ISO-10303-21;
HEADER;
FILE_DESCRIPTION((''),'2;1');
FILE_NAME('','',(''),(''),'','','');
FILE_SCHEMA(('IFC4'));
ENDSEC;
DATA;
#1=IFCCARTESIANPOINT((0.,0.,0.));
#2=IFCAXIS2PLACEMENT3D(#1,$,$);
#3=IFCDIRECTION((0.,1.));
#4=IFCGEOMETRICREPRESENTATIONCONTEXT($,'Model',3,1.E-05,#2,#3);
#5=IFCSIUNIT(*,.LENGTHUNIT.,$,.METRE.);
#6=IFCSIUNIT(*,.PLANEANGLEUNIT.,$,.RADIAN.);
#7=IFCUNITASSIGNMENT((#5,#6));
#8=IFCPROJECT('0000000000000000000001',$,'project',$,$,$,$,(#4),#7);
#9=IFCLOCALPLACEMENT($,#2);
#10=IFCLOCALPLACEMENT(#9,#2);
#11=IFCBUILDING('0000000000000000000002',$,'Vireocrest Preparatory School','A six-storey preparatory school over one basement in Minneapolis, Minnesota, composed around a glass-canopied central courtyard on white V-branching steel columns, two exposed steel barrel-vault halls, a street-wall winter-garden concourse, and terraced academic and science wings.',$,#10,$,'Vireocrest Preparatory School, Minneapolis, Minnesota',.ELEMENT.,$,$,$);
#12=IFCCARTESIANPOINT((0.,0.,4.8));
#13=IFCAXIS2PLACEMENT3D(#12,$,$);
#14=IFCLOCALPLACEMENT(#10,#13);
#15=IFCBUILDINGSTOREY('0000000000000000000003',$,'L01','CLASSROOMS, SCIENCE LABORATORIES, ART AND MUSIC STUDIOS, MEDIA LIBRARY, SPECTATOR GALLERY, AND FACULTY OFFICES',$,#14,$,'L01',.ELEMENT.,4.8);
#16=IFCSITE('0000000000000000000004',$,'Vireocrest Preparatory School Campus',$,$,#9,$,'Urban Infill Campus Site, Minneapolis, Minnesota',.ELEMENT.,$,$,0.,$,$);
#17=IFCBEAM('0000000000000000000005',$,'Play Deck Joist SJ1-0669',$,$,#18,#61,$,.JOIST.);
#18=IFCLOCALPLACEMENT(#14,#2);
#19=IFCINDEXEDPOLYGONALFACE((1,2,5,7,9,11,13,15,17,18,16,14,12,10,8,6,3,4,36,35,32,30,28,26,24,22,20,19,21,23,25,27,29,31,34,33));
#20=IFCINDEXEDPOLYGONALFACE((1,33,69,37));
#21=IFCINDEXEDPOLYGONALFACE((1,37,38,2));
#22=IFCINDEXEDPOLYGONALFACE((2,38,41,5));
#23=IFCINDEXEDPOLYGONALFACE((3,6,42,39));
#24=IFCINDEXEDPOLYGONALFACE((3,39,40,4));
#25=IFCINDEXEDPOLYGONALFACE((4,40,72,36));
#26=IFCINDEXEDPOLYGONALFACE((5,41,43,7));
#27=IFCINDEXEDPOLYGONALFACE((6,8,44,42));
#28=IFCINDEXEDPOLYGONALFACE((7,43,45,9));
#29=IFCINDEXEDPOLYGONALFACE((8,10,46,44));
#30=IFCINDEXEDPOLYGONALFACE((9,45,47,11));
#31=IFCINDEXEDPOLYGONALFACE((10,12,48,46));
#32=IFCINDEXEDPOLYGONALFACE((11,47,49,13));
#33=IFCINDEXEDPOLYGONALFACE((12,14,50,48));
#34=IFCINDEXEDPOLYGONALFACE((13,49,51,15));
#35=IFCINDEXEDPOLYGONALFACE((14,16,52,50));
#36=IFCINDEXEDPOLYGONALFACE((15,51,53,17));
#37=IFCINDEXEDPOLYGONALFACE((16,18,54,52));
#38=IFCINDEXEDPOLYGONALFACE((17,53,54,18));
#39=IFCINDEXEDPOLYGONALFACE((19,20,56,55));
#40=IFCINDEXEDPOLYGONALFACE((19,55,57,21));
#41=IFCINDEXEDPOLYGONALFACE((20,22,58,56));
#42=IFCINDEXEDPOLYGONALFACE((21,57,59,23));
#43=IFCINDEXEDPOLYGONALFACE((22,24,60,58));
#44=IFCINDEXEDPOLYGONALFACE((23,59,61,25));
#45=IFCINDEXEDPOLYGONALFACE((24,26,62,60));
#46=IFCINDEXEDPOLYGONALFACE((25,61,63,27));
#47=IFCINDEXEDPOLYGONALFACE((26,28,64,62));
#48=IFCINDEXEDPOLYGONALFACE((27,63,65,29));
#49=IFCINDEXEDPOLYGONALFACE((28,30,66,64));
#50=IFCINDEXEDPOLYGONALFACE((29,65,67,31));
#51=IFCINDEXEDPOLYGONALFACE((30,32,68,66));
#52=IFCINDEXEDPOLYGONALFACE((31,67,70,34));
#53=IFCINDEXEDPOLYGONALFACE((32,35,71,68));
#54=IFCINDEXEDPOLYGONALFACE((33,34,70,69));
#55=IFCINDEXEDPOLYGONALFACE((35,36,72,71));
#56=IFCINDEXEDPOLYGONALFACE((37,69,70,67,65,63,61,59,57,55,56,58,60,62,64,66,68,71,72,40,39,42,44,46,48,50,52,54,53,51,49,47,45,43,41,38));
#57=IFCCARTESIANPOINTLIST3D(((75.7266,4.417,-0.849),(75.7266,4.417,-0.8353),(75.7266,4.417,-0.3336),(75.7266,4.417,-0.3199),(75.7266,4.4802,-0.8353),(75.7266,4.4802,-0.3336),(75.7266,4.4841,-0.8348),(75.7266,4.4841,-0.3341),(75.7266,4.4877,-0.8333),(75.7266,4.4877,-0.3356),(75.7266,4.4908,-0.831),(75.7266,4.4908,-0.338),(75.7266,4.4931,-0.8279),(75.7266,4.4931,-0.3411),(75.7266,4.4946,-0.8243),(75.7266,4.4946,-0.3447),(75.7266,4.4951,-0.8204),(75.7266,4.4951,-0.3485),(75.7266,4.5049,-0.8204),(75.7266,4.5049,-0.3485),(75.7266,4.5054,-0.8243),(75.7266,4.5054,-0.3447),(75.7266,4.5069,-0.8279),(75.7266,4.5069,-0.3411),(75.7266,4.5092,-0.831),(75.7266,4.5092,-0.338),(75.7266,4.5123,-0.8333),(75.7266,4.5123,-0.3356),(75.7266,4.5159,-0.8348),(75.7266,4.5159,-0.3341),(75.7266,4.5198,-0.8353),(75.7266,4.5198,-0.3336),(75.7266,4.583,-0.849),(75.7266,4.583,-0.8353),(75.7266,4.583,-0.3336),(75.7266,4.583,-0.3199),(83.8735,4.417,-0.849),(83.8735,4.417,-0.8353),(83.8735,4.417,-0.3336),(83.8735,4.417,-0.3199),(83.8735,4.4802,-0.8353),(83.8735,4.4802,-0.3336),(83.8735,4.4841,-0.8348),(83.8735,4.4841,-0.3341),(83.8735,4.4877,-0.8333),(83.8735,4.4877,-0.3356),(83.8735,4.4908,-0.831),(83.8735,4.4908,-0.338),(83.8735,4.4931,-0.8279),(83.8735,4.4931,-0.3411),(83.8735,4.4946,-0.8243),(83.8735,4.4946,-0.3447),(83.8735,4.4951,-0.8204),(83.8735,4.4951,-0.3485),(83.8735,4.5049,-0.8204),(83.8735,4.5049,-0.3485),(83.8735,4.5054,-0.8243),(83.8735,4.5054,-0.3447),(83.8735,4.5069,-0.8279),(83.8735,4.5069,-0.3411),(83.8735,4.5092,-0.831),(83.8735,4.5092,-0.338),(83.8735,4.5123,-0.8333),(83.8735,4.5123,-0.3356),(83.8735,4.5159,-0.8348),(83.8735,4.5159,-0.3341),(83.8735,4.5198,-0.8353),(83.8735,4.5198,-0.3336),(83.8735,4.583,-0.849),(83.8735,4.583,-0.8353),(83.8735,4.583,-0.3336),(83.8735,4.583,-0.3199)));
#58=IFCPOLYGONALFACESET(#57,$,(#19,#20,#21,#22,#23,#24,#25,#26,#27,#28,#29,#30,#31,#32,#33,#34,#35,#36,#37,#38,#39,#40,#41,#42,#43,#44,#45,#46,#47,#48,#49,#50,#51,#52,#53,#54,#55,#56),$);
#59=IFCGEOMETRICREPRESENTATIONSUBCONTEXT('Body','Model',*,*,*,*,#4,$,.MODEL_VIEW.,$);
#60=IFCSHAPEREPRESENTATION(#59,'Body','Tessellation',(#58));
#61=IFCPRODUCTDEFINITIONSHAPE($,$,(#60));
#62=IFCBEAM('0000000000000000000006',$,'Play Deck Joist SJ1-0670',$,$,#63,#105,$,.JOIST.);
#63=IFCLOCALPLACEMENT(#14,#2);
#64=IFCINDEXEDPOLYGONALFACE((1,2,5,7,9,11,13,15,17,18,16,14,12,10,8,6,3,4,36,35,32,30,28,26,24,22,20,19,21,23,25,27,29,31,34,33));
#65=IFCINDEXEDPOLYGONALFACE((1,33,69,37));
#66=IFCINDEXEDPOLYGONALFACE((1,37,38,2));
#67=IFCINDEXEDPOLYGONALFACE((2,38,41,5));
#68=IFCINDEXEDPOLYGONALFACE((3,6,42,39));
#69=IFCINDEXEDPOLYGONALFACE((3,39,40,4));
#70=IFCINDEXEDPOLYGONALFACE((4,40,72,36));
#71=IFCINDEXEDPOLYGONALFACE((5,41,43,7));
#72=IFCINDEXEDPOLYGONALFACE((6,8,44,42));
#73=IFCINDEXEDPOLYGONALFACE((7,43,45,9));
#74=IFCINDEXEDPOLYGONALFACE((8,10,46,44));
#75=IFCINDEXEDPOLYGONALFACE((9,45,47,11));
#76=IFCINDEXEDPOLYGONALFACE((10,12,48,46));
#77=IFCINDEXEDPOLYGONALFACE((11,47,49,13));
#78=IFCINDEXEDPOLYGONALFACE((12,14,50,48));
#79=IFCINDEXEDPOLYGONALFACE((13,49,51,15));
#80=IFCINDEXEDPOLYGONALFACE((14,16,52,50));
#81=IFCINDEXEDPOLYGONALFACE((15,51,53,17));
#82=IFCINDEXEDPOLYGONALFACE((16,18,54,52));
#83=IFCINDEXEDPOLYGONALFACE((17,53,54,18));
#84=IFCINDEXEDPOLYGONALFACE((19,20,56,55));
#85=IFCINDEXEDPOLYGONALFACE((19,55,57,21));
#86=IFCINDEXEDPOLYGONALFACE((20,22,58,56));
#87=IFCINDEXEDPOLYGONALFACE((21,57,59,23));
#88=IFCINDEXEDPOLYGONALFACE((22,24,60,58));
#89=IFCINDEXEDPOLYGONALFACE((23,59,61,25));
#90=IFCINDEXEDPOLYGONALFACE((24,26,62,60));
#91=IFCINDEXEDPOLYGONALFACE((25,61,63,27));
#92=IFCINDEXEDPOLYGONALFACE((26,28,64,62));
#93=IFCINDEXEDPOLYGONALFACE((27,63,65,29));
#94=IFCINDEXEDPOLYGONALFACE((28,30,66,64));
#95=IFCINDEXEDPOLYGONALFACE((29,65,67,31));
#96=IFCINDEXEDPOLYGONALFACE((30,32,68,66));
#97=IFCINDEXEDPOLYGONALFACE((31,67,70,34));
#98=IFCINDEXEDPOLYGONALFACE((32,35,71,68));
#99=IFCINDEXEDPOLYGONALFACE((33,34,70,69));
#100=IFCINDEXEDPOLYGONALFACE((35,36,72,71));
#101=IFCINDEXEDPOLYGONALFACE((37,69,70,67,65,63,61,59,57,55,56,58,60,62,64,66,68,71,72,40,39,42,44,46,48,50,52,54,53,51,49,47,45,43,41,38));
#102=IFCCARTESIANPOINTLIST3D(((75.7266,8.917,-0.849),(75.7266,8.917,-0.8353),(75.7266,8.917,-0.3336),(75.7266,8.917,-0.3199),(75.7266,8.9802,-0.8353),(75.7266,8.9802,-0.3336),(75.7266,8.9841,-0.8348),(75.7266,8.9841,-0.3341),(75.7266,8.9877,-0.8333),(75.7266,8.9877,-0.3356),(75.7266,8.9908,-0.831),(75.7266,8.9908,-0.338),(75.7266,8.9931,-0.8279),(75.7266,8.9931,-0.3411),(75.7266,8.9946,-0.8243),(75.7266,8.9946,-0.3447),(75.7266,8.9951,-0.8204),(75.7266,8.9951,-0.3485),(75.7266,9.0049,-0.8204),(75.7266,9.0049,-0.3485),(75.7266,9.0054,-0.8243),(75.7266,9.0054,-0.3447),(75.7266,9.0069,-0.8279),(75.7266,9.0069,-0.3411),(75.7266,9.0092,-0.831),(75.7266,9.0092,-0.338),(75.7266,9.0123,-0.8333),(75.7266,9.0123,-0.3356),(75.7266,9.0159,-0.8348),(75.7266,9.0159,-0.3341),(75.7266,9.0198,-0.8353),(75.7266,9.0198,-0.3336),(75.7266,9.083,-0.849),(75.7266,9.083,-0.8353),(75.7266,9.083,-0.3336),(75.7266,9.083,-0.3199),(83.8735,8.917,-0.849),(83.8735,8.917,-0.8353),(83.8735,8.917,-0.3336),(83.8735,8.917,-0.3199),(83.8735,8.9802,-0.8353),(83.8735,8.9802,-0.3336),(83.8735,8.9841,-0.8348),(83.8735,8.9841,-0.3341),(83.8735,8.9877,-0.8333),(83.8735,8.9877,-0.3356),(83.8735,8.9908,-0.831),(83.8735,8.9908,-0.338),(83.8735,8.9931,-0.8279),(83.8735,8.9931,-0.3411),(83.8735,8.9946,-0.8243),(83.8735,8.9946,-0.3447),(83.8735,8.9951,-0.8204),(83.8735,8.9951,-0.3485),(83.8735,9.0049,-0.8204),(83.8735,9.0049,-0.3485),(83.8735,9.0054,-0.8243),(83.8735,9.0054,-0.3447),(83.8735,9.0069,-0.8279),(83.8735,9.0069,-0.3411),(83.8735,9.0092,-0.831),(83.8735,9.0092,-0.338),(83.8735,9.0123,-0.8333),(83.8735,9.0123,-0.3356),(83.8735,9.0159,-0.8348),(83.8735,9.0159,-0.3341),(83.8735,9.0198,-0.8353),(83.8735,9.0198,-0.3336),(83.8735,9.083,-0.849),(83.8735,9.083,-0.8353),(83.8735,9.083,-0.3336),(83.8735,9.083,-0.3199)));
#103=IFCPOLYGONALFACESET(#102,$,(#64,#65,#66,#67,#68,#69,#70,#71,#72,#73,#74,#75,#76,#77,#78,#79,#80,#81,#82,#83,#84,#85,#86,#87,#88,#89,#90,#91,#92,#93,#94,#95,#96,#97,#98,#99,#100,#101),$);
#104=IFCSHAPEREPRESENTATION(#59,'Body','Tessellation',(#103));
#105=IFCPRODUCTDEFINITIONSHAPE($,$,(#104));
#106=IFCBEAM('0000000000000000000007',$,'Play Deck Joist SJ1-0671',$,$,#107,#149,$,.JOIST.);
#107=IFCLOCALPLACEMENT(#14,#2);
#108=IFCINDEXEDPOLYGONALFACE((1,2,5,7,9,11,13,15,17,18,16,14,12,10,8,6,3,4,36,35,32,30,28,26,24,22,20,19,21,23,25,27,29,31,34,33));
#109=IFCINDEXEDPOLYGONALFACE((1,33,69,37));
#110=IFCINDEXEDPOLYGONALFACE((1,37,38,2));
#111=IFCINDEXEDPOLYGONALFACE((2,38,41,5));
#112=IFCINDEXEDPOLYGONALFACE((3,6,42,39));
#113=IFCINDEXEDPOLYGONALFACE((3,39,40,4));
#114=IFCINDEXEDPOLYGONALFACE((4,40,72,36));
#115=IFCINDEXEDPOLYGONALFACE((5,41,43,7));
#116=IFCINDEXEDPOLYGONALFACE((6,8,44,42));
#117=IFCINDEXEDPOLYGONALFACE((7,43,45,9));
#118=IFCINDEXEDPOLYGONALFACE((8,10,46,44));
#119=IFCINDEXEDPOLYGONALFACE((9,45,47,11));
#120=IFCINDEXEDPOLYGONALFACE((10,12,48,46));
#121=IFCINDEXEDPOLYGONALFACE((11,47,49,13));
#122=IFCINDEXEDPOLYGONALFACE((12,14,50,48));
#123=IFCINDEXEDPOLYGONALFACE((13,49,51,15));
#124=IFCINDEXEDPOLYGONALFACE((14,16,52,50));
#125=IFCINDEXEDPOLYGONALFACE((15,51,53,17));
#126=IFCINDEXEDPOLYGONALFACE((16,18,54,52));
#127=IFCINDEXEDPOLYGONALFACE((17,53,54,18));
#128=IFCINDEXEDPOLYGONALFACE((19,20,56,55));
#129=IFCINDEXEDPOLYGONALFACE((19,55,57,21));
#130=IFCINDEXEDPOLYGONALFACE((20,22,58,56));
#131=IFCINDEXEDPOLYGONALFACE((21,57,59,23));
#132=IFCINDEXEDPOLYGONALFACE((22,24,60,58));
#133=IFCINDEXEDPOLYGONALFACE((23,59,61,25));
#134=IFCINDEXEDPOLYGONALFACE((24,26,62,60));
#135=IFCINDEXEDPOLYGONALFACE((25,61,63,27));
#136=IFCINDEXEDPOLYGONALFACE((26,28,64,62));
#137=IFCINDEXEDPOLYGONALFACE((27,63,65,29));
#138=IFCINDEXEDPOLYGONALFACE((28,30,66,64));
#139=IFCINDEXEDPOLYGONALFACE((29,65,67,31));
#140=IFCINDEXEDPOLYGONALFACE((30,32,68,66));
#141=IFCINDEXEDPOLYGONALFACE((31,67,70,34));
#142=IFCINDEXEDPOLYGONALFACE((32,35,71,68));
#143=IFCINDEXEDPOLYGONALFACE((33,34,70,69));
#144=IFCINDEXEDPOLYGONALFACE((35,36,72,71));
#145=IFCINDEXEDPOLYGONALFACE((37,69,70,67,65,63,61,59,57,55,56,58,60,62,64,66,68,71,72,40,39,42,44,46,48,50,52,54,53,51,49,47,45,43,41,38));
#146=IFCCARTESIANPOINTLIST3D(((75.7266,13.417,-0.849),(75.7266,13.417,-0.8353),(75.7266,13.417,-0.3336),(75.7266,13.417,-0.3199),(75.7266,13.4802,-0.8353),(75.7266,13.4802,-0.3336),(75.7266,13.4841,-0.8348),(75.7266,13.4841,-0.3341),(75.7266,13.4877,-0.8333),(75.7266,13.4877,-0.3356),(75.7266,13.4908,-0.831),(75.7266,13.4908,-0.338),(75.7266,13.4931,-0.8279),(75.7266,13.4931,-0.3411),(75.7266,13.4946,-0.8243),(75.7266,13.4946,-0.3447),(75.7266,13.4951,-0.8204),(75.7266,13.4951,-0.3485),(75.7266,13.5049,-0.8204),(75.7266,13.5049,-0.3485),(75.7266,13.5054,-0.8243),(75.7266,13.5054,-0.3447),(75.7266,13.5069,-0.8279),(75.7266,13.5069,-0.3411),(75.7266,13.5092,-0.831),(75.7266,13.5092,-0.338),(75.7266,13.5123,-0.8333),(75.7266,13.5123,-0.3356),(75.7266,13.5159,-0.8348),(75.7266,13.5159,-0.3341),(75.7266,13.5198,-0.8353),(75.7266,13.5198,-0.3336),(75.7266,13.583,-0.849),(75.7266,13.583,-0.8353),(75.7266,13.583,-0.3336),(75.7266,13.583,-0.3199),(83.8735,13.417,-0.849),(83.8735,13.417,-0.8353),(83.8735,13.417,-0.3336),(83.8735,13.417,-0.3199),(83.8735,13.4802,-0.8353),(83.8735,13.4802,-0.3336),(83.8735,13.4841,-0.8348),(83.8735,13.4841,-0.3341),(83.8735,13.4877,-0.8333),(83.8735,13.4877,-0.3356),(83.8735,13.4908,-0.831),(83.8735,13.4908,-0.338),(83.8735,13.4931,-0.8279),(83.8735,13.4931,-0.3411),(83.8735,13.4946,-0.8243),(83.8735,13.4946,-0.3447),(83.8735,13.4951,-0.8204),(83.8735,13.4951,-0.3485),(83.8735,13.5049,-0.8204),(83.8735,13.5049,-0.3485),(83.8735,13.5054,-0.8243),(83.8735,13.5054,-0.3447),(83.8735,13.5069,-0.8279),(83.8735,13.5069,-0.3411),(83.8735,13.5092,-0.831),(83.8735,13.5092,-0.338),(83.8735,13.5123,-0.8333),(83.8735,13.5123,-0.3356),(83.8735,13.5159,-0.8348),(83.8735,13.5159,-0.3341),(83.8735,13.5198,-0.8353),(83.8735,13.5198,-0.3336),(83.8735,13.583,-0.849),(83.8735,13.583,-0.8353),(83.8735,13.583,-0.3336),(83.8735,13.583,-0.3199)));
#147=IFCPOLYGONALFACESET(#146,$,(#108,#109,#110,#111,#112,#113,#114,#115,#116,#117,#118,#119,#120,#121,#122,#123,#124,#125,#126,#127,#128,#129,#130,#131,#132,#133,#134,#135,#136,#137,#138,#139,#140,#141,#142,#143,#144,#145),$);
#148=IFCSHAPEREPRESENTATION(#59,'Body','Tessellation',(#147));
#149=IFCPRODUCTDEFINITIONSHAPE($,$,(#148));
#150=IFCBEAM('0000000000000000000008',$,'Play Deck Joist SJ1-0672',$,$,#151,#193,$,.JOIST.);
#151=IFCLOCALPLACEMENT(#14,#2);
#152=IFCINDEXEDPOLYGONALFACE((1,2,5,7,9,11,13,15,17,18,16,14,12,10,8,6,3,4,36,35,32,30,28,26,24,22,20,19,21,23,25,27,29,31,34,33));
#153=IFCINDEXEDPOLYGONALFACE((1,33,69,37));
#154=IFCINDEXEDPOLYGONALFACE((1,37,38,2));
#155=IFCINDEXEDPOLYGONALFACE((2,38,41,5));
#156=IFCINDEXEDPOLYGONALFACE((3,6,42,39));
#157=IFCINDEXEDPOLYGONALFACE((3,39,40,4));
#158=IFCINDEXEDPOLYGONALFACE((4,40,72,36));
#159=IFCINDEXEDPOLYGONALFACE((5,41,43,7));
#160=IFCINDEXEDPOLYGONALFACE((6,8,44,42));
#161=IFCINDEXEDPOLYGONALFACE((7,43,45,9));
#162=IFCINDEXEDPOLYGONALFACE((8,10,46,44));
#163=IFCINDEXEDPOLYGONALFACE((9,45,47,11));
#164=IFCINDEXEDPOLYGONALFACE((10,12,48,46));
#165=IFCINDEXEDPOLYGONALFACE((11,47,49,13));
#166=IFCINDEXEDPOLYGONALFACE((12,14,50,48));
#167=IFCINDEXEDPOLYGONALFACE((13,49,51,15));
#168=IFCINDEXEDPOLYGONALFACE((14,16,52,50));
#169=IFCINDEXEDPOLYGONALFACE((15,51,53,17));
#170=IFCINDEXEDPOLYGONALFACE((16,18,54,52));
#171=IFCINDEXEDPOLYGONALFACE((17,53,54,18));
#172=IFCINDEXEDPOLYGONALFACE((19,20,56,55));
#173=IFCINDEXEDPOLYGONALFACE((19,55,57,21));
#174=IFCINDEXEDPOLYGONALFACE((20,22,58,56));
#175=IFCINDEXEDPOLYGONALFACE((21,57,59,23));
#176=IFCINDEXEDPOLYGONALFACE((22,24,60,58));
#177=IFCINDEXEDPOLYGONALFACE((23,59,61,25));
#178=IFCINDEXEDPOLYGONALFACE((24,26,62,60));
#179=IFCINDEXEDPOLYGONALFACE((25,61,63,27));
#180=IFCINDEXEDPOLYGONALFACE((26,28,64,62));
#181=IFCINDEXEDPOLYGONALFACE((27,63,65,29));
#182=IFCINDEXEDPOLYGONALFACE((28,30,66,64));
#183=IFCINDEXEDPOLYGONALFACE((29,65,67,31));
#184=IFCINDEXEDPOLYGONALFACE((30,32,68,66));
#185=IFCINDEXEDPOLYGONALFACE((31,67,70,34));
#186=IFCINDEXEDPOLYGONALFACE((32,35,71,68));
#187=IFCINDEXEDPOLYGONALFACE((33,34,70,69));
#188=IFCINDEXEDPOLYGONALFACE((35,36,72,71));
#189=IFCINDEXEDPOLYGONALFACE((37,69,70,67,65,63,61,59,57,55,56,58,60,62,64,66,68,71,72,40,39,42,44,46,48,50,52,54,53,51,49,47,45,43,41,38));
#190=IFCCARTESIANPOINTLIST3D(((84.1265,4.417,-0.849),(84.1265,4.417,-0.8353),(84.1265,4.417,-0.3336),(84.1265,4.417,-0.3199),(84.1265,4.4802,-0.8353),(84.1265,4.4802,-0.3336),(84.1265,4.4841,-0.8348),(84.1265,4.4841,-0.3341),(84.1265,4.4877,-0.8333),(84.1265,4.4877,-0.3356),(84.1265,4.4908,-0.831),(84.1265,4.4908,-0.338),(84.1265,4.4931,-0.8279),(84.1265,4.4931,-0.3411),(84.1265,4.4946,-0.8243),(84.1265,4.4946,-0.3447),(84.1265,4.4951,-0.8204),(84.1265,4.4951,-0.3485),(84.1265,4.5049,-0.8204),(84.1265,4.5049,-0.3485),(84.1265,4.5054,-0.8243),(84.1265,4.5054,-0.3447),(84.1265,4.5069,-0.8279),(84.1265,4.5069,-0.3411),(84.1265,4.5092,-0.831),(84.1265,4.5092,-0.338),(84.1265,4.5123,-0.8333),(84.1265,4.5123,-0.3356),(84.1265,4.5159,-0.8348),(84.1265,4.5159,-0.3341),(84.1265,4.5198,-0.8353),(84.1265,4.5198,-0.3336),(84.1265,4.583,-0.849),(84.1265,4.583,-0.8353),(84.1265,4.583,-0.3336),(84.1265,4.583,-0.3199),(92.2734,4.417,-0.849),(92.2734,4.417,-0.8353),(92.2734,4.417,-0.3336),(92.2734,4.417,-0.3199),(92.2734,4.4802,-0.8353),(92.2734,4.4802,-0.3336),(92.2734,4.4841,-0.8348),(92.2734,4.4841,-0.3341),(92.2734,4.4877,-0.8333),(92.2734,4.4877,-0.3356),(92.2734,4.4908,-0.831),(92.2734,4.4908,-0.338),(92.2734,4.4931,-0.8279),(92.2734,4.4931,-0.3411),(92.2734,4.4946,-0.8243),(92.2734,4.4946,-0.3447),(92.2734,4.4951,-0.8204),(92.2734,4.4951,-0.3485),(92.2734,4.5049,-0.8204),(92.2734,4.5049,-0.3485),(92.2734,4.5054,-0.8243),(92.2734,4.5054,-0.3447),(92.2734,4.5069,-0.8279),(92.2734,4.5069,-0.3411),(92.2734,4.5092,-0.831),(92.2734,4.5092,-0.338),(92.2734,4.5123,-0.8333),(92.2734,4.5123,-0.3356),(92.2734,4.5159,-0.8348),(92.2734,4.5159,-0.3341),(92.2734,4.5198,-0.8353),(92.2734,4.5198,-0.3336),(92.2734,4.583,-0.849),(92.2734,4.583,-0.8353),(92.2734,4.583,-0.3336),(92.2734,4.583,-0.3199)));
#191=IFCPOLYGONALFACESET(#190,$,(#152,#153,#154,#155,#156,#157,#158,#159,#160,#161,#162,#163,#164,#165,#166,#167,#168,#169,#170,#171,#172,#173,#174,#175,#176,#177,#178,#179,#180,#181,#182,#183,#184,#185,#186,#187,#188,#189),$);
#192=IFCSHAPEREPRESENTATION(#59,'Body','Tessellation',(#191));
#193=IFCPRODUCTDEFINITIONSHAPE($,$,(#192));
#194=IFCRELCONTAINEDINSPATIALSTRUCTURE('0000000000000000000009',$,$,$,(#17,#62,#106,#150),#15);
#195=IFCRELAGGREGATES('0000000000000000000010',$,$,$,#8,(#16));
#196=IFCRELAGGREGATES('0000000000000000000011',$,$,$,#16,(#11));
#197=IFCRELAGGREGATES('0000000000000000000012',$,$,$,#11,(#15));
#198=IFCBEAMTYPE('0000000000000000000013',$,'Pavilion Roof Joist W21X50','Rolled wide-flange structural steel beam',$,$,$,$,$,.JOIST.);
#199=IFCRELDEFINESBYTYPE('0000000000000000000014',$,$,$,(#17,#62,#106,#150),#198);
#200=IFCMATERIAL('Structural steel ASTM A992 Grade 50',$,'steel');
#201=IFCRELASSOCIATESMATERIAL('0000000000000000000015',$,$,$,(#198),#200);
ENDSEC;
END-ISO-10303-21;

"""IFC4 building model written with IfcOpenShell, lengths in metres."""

from ifc_helpers import new_model, si_unit, direction, frame, origin, origin_2d, place, context, subcontext, project, spatial, i_section, extrude, material, material_profile, profile_set, type_object, element, save


model = new_model("IFC4")

# Units and contexts
model_context = context("Model", 3, precision=1e-05, world=origin(), true_north=direction((0.0, 1.0)))
body_context = subcontext(model_context, "Body", "Model", "MODEL_VIEW")
ifc_project = project(units=[si_unit("LENGTHUNIT", "METRE"), si_unit("PLANEANGLEUNIT", "RADIAN")], contexts=[model_context])

# Site, building, storey
site_placement = place(None, origin())
site = spatial("IfcSite", under=ifc_project, at=site_placement, Name="Vireocrest Preparatory School Campus", LongName="Urban Infill Campus Site, Minneapolis, Minnesota", CompositionType="ELEMENT", RefElevation=0.0)
building_placement = place(site_placement, origin())
building = spatial("IfcBuilding", under=site, at=building_placement, Name="Vireocrest Preparatory School", Description="A six-storey preparatory school over one basement in Minneapolis, Minnesota, composed around a glass-canopied central courtyard on white V-branching steel columns, two exposed steel barrel-vault halls, a street-wall winter-garden concourse, and terraced academic and science wings.", LongName="Vireocrest Preparatory School, Minneapolis, Minnesota", CompositionType="ELEMENT")
storey_placement = place(building_placement, frame((0.0, 0.0, 4.8)))
storey = spatial("IfcBuildingStorey", under=building, at=storey_placement, Name="L01", Description="CLASSROOMS, SCIENCE LABORATORIES, ART AND MUSIC STUDIOS, MEDIA LIBRARY, SPECTATOR GALLERY, AND FACULTY OFFICES", LongName="L01", CompositionType="ELEMENT", Elevation=4.8)

# Beams
ifc_material_1 = material(Name="Structural steel ASTM A992 Grade 50", Category="steel")
ifc_material_profile_1 = material_profile(ifc_material_1, i_section(OverallWidth=0.166, OverallDepth=0.5291, WebThickness=0.0098, FlangeThickness=0.0137, FilletRadius=0.0149, at=origin_2d()), Name="W21X50")
ifc_profile_set_1 = profile_set([ifc_material_profile_1], Name="Structural steel ASTM A992 Grade 50")
beam_type_1 = type_object("IfcBeamType", Name="Pavilion Roof Joist W21X50", Description="Rolled wide-flange structural steel beam", PredefinedType="JOIST", material=ifc_profile_set_1)
for number, where, z_axis, x_axis, name in (
    (1, (75.7266, 4.5, -0.5845), (1.0, 0.0, 0.0), (0.0, 1.0, 0.0), "Play Deck Joist SJ1-0669"),
    (2, (75.7266, 9.0, -0.5845), (1.0, 0.0, 0.0), (0.0, 1.0, 0.0), "Play Deck Joist SJ1-0670"),
    (3, (75.7266, 13.5, -0.5845), (1.0, 0.0, 0.0), (0.0, 1.0, 0.0), "Play Deck Joist SJ1-0671"),
    (4, (84.1265, 4.5, -0.5845), (1.0, 0.0, 0.0), (0.0, 1.0, 0.0), "Play Deck Joist SJ1-0672"),
):
    element("IfcBeam", number, at=place(storey_placement, frame(where, z_axis=z_axis, x_axis=x_axis)), inside=storey, type_object=beam_type_1, Name=name, PredefinedType="JOIST", context=body_context, shape_type="SweptSolid", body=[
        extrude(i_section(OverallWidth=0.166, OverallDepth=0.5291, WebThickness=0.0098, FlangeThickness=0.0137, FilletRadius=0.0149, at=origin_2d()), origin(), (0.0, 0.0, 1.0), 8.147),
    ])

save(model, "model.ifc")
